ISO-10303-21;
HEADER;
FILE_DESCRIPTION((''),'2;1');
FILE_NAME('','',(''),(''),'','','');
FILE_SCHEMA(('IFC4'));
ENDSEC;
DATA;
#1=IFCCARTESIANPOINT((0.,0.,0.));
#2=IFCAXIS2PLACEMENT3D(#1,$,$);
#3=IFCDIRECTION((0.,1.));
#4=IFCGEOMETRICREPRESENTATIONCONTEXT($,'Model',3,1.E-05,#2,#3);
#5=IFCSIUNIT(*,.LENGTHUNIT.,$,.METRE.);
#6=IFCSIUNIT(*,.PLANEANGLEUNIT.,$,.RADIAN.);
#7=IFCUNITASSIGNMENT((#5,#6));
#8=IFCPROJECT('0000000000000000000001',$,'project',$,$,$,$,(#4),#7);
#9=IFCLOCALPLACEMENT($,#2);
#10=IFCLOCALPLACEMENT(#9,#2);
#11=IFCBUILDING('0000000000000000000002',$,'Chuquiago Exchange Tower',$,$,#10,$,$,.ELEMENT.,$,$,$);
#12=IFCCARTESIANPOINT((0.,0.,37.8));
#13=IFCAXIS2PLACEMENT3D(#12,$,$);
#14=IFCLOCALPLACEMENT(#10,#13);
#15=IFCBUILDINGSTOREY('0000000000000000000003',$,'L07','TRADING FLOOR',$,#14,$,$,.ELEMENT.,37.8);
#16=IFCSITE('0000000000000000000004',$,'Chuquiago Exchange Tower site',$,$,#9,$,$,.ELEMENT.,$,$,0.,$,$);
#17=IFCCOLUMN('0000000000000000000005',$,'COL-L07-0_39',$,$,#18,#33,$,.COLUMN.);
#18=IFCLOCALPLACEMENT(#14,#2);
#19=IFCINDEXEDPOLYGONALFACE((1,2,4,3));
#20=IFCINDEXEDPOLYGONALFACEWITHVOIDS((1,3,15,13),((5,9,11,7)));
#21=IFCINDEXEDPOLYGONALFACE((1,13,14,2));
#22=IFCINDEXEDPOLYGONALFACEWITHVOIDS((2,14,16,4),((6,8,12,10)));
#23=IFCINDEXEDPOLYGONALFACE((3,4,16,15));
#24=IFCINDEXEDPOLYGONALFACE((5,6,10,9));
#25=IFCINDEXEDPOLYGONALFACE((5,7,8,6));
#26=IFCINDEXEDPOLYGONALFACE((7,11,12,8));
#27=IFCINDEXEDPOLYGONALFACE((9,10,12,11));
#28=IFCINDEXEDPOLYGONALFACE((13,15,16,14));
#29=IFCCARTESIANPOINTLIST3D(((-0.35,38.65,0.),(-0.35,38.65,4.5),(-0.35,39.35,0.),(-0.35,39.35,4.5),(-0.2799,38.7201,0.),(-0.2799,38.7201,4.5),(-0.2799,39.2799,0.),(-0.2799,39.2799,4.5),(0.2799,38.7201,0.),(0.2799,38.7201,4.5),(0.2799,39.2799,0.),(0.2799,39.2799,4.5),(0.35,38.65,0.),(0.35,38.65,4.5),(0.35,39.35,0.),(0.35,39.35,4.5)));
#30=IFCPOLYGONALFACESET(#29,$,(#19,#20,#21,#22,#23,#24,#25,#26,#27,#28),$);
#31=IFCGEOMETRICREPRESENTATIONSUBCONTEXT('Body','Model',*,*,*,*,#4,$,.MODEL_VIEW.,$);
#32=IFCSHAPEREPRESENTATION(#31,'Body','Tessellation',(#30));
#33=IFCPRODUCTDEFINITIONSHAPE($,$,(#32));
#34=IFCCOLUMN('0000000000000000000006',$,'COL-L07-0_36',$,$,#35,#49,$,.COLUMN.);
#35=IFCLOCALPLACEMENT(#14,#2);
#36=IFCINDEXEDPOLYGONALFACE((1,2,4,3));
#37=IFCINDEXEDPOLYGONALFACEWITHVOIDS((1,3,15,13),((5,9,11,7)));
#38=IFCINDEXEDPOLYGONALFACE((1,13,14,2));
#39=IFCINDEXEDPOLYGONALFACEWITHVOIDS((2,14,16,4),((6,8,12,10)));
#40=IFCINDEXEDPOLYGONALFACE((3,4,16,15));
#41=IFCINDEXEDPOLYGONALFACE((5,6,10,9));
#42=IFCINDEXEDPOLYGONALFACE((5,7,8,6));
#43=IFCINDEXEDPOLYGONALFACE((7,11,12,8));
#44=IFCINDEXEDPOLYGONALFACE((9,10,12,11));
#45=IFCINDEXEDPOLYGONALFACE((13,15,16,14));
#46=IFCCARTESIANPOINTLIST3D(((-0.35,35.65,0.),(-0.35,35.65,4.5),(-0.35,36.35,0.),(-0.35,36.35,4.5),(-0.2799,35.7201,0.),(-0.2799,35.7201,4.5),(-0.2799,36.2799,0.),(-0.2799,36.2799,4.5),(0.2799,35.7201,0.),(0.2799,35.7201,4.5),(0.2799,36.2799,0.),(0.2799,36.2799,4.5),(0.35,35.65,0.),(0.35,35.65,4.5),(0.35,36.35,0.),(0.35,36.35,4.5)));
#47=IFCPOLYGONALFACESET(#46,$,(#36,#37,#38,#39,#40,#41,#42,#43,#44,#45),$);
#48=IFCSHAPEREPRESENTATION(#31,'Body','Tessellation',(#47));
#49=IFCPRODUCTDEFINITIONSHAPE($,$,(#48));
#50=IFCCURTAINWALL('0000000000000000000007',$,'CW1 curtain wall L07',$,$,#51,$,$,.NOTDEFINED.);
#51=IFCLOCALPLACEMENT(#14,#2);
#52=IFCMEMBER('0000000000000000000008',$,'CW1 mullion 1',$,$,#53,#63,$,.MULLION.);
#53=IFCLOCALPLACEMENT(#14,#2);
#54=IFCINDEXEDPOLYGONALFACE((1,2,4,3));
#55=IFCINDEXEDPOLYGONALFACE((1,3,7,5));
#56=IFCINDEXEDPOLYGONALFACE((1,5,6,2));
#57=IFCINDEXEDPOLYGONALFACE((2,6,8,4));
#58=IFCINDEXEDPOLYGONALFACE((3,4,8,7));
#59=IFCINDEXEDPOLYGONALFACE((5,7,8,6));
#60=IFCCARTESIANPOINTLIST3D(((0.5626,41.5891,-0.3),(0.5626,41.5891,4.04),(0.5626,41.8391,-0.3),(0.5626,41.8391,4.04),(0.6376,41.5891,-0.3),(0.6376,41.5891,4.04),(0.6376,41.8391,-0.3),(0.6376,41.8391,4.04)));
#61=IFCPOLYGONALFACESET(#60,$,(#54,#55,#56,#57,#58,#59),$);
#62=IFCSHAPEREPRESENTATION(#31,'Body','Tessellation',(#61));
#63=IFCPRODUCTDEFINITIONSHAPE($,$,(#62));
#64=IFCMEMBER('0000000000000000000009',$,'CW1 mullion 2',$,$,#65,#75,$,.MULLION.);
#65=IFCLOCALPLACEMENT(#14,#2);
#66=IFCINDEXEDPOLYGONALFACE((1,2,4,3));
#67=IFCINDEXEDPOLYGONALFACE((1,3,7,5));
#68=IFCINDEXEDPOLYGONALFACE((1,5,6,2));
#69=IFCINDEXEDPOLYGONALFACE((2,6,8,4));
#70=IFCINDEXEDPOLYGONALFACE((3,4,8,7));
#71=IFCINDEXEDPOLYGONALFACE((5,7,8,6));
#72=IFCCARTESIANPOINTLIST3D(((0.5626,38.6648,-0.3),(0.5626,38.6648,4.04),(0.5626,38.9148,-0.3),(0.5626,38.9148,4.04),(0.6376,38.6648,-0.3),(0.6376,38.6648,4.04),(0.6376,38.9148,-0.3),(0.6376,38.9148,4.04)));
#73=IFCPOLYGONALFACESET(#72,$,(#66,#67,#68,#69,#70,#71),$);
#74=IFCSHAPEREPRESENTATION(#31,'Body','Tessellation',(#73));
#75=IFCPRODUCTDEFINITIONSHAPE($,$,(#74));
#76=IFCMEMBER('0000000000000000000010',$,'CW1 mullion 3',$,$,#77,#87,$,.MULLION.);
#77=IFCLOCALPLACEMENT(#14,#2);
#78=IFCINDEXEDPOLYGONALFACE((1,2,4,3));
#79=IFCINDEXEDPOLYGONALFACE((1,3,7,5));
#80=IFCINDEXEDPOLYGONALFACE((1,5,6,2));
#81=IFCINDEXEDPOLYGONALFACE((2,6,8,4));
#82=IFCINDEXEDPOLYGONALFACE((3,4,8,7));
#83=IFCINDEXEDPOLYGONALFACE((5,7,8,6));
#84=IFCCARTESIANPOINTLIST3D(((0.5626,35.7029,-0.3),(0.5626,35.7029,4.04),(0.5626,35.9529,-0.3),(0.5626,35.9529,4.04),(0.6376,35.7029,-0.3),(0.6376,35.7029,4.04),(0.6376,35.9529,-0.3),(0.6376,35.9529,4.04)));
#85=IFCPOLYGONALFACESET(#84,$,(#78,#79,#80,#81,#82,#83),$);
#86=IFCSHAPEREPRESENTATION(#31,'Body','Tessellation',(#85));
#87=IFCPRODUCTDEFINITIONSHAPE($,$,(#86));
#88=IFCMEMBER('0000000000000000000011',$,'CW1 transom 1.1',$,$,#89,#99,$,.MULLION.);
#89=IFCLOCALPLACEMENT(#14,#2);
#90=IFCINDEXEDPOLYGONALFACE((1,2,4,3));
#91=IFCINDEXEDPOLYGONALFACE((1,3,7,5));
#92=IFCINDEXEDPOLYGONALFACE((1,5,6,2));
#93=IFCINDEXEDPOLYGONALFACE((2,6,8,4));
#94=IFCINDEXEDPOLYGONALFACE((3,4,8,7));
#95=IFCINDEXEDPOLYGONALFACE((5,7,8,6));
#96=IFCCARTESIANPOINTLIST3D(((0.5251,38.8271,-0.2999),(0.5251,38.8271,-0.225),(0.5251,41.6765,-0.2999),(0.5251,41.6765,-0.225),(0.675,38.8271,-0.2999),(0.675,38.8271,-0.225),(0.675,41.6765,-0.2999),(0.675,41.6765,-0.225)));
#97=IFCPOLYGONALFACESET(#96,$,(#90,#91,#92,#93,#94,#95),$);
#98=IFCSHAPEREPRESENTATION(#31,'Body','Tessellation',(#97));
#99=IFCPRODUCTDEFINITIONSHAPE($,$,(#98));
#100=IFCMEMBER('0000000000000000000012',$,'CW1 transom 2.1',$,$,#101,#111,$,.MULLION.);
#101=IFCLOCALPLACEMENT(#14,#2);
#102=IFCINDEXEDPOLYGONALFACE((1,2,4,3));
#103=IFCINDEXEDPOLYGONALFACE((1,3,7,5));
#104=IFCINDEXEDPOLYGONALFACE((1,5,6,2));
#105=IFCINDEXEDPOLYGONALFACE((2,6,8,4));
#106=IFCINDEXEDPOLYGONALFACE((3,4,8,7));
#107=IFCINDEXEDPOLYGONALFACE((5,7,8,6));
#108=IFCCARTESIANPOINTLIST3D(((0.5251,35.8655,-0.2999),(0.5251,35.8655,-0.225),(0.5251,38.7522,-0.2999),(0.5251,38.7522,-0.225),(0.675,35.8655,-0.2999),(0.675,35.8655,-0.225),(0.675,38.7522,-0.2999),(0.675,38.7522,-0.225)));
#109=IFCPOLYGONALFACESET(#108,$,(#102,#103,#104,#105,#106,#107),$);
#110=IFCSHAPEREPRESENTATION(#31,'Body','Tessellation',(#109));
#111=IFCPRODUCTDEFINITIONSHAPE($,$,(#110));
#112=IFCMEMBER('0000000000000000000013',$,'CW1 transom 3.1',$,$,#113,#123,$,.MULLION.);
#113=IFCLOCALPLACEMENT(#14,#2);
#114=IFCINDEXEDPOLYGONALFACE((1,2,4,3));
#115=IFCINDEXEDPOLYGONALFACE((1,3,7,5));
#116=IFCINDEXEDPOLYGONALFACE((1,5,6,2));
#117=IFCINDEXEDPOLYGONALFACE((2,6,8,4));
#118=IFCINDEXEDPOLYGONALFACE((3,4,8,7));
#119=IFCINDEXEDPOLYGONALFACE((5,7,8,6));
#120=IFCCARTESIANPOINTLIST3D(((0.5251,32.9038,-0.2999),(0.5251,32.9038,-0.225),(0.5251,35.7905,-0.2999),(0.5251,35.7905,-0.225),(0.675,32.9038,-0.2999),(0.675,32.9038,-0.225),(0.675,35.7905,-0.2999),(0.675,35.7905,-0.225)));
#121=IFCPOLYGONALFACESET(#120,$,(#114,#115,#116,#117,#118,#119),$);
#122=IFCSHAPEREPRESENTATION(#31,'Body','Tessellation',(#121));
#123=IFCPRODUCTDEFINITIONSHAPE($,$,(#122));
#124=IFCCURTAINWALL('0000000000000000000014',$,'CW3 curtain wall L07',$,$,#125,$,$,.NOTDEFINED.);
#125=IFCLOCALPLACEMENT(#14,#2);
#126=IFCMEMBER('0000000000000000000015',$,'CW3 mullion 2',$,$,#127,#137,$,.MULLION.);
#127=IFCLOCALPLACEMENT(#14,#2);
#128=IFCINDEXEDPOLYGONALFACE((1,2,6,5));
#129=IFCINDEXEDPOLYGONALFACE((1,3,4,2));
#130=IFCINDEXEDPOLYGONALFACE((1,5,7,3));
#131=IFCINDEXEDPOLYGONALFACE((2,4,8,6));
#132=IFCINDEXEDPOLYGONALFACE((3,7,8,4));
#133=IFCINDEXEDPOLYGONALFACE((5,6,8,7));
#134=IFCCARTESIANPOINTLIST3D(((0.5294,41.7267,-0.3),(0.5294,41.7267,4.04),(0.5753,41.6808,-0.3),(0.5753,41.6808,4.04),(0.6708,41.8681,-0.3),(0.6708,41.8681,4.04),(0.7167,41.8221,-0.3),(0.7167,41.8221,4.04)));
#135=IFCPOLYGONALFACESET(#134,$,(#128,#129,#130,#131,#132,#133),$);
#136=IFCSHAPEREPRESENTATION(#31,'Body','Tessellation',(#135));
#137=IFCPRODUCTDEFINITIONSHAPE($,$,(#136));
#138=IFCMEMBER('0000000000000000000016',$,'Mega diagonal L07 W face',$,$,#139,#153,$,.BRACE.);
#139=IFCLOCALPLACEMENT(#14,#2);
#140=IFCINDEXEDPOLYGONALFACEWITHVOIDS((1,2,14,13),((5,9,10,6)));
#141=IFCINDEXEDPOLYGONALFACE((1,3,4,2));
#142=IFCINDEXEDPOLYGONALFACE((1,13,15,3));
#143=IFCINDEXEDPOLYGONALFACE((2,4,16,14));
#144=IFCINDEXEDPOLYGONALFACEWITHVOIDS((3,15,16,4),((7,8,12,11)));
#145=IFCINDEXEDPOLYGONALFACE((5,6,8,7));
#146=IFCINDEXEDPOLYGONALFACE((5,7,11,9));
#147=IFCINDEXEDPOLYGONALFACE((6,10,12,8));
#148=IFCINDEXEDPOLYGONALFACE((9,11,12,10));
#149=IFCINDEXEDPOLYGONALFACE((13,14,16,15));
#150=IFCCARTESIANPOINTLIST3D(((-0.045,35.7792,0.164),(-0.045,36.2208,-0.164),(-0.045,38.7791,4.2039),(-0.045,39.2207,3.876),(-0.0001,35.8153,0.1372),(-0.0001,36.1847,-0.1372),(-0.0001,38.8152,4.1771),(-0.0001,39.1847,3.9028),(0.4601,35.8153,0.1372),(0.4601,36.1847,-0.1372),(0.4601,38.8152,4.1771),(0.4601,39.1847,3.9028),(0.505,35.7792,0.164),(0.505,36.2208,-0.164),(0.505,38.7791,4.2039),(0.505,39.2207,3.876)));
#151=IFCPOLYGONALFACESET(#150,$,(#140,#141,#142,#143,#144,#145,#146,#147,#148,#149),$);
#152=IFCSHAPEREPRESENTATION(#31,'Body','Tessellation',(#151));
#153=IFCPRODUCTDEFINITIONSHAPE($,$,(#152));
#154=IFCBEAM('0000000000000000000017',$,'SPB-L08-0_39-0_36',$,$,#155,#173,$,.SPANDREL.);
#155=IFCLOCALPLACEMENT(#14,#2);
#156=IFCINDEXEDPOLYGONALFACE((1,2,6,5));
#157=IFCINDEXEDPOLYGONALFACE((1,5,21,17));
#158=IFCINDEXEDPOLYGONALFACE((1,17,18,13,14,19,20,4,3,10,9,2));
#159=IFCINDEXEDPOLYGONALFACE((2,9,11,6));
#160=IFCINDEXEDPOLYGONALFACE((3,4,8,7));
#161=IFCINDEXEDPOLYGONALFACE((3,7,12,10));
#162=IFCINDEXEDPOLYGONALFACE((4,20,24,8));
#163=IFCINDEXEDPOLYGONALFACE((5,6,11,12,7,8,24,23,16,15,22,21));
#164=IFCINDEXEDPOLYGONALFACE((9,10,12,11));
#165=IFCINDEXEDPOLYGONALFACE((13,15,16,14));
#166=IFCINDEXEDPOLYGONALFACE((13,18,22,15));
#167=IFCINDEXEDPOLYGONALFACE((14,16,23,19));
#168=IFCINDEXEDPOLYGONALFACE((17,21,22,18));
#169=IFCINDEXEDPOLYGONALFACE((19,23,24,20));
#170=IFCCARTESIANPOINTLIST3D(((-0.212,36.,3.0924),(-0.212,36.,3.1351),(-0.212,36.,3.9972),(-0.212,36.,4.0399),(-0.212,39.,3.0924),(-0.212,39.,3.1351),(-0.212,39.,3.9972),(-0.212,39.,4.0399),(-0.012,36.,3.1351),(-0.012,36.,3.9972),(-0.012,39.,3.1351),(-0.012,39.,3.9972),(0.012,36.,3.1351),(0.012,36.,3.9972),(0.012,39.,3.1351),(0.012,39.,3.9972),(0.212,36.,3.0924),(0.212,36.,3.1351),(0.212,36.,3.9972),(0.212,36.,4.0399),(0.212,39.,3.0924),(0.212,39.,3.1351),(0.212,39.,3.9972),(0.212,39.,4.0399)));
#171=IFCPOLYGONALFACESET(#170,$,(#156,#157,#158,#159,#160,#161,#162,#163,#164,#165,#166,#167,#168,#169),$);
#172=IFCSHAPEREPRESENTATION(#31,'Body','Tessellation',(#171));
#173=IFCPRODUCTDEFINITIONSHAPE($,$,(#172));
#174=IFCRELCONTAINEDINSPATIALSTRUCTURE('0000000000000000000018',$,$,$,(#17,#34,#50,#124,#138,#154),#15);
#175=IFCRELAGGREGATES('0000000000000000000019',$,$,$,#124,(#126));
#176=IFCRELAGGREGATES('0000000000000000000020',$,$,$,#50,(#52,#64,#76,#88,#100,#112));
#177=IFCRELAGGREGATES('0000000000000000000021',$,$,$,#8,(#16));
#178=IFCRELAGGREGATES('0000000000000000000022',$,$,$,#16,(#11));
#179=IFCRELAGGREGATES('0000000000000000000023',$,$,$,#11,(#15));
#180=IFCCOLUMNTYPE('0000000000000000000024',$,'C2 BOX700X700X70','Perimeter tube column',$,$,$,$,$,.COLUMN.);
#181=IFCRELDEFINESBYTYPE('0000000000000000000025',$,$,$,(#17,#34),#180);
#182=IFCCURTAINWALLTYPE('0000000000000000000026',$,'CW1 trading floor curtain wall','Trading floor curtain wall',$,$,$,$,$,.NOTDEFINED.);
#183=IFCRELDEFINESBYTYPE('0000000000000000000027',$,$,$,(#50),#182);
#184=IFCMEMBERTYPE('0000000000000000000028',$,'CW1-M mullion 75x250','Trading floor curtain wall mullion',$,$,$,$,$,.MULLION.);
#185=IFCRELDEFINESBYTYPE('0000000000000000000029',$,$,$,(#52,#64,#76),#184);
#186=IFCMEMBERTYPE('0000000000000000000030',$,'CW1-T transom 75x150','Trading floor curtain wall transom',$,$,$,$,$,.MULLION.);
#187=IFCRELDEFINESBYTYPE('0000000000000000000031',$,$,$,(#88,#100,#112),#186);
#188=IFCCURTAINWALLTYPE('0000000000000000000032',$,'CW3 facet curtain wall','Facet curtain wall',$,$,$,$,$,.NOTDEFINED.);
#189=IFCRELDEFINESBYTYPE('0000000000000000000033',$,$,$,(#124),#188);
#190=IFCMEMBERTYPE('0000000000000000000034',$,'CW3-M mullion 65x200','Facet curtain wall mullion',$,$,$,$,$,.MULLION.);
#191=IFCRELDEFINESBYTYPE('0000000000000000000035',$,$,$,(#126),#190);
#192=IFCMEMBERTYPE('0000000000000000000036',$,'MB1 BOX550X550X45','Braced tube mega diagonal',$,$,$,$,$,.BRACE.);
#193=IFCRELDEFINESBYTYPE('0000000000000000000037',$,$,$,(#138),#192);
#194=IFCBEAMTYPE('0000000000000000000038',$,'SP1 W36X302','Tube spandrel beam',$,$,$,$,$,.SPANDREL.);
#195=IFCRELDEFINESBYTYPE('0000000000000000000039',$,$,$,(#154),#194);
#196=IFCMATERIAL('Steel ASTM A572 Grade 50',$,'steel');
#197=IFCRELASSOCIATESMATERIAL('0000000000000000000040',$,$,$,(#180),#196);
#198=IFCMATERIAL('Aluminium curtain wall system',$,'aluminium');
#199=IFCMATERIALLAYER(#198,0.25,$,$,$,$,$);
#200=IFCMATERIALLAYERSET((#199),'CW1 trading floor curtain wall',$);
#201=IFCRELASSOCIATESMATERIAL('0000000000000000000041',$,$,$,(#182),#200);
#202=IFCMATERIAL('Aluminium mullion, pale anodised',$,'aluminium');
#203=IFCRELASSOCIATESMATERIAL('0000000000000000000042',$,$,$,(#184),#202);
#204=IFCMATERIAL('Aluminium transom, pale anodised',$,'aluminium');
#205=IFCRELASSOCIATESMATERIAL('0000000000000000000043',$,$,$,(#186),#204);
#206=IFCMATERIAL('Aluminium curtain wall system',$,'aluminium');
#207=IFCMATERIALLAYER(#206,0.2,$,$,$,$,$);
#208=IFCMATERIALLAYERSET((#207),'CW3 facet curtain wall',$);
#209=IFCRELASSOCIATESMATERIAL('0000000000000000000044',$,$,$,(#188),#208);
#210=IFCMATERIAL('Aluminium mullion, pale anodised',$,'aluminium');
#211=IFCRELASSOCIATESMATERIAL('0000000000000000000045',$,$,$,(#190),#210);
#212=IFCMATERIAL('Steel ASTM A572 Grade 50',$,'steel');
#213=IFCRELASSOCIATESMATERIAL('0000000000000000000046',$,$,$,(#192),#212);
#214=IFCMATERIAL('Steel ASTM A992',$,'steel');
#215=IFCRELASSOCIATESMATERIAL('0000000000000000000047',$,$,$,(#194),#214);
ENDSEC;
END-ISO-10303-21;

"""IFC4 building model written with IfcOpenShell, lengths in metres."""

from ifc_helpers import new_model, si_unit, direction, frame, origin, origin_2d, place, context, subcontext, project, spatial, rectangle, hollow_rectangle, i_section, extrude, material, layer, layer_set, material_profile, profile_set, type_object, element, aggregate, save


model = new_model("IFC4")

# Units and contexts
model_context = context("Model", 3, precision=1e-05, world=origin(), true_north=direction((0.0, 1.0)))
body_context = subcontext(model_context, "Body", "Model", "MODEL_VIEW")
ifc_project = project(units=[si_unit("LENGTHUNIT", "METRE"), si_unit("PLANEANGLEUNIT", "RADIAN")], contexts=[model_context])

# Site, building, storey
site_placement = place(None, origin())
site = spatial("IfcSite", under=ifc_project, at=site_placement, Name="Chuquiago Exchange Tower site", CompositionType="ELEMENT", RefElevation=0.0)
building_placement = place(site_placement, origin())
building = spatial("IfcBuilding", under=site, at=building_placement, Name="Chuquiago Exchange Tower", CompositionType="ELEMENT")
storey_placement = place(building_placement, frame((0.0, 0.0, 37.8)))
storey = spatial("IfcBuildingStorey", under=building, at=storey_placement, Name="L07", Description="TRADING FLOOR", CompositionType="ELEMENT", Elevation=37.8)

# Columns
ifc_material_1 = material(Name="Steel ASTM A572 Grade 50", Category="steel")
ifc_material_profile_1 = material_profile(ifc_material_1, hollow_rectangle(XDim=0.7, YDim=0.7, WallThickness=0.0701, at=origin_2d()), Name="BOX700X700X70")
ifc_profile_set_1 = profile_set([ifc_material_profile_1], Name="Steel ASTM A572 Grade 50")
column_type = type_object("IfcColumnType", Name="C2 BOX700X700X70", Description="Perimeter tube column", PredefinedType="COLUMN", material=ifc_profile_set_1)
for number, where, z_axis, x_axis, name in (
    (1, (0.0, 39.0, 0.0), (0.0, 0.0, 1.0), (-1.0, 0.0, 0.0), "COL-L07-0_39"),
    (2, (0.0, 36.0, 0.0), (0.0, 0.0, 1.0), (-1.0, 0.0, 0.0), "COL-L07-0_36"),
):
    element("IfcColumn", number, at=place(storey_placement, frame(where, z_axis=z_axis, x_axis=x_axis)), inside=storey, type_object=column_type, Name=name, PredefinedType="COLUMN", context=body_context, shape_type="SweptSolid", body=[
        extrude(hollow_rectangle(XDim=0.7, YDim=0.7, WallThickness=0.0701, at=origin_2d()), origin(), (0.0, 0.0, 1.0), 4.5),
    ])

# Curtain wall, members
ifc_material_2 = material(Name="Aluminium curtain wall system", Category="aluminium")
ifc_layer_1 = layer(ifc_material_2, 0.25)
ifc_layer_set_1 = layer_set([ifc_layer_1], Name="CW1 trading floor curtain wall")
curtain_wall_type_1 = type_object("IfcCurtainWallType", Name="CW1 trading floor curtain wall", Description="Trading floor curtain wall", PredefinedType="NOTDEFINED", material=ifc_layer_set_1)
curtain_wall_1_placement = place(storey_placement, origin())
curtain_wall_1 = element("IfcCurtainWall", 3, at=curtain_wall_1_placement, inside=storey, type_object=curtain_wall_type_1, Name="CW1 curtain wall L07", PredefinedType="NOTDEFINED")
ifc_material_3 = material(Name="Aluminium mullion, pale anodised", Category="aluminium")
ifc_material_profile_2 = material_profile(ifc_material_3, rectangle(XDim=0.075, YDim=0.25, at=origin_2d()), Name="AL 75x250")
ifc_profile_set_2 = profile_set([ifc_material_profile_2], Name="Aluminium mullion, pale anodised")
member_type_1 = type_object("IfcMemberType", Name="CW1-M mullion 75x250", Description="Trading floor curtain wall mullion", PredefinedType="MULLION", material=ifc_profile_set_2)
member_1_placement = place(storey_placement, frame((0.6001, 41.7141, -0.3), z_axis=(0.0, 0.0, 1.0), x_axis=(1.0, 0.0, 0.0)))
member_1 = element("IfcMember", 4, at=member_1_placement, type_object=member_type_1, Name="CW1 mullion 1", PredefinedType="MULLION", context=body_context, shape_type="SweptSolid", body=[
    extrude(rectangle(XDim=0.075, YDim=0.25, at=origin_2d()), origin(), (0.0, 0.0, 1.0), 4.3401),
])
member_2_placement = place(storey_placement, frame((0.6001, 38.7898, -0.3), z_axis=(0.0, 0.0, 1.0), x_axis=(1.0, 0.0, 0.0)))
member_2 = element("IfcMember", 5, at=member_2_placement, type_object=member_type_1, Name="CW1 mullion 2", PredefinedType="MULLION", context=body_context, shape_type="SweptSolid", body=[
    extrude(rectangle(XDim=0.075, YDim=0.25, at=origin_2d()), origin(), (0.0, 0.0, 1.0), 4.3401),
])
member_3_placement = place(storey_placement, frame((0.6001, 35.8279, -0.3), z_axis=(0.0, 0.0, 1.0), x_axis=(1.0, 0.0, 0.0)))
member_3 = element("IfcMember", 6, at=member_3_placement, type_object=member_type_1, Name="CW1 mullion 3", PredefinedType="MULLION", context=body_context, shape_type="SweptSolid", body=[
    extrude(rectangle(XDim=0.075, YDim=0.25, at=origin_2d()), origin(), (0.0, 0.0, 1.0), 4.3401),
])
ifc_material_4 = material(Name="Aluminium transom, pale anodised", Category="aluminium")
ifc_material_profile_3 = material_profile(ifc_material_4, rectangle(XDim=0.1499, YDim=0.075, at=origin_2d()), Name="AL 150x75")
ifc_profile_set_3 = profile_set([ifc_material_profile_3], Name="Aluminium transom, pale anodised")
member_type_2 = type_object("IfcMemberType", Name="CW1-T transom 75x150", Description="Trading floor curtain wall transom", PredefinedType="MULLION", material=ifc_profile_set_3)
member_4_placement = place(storey_placement, frame((0.6001, 41.6765, -0.2625), z_axis=(0.0, -1.0, 0.0), x_axis=(1.0, 0.0, 0.0)))
member_4 = element("IfcMember", 7, at=member_4_placement, type_object=member_type_2, Name="CW1 transom 1.1", PredefinedType="MULLION", context=body_context, shape_type="SweptSolid", body=[
    extrude(rectangle(XDim=0.1499, YDim=0.075, at=origin_2d()), origin(), (0.0, 0.0, 1.0), 2.8494),
])
member_5_placement = place(storey_placement, frame((0.6001, 38.7522, -0.2625), z_axis=(0.0, -1.0, 0.0), x_axis=(1.0, 0.0, 0.0)))
member_5 = element("IfcMember", 8, at=member_5_placement, type_object=member_type_2, Name="CW1 transom 2.1", PredefinedType="MULLION", context=body_context, shape_type="SweptSolid", body=[
    extrude(rectangle(XDim=0.1499, YDim=0.075, at=origin_2d()), origin(), (0.0, 0.0, 1.0), 2.8867),
])
member_6_placement = place(storey_placement, frame((0.6001, 35.7905, -0.2625), z_axis=(0.0, -1.0, 0.0), x_axis=(1.0, 0.0, 0.0)))
member_6 = element("IfcMember", 9, at=member_6_placement, type_object=member_type_2, Name="CW1 transom 3.1", PredefinedType="MULLION", context=body_context, shape_type="SweptSolid", body=[
    extrude(rectangle(XDim=0.1499, YDim=0.075, at=origin_2d()), origin(), (0.0, 0.0, 1.0), 2.8867),
])

# Curtain wall, member
ifc_material_5 = material(Name="Aluminium curtain wall system", Category="aluminium")
ifc_layer_2 = layer(ifc_material_5, 0.2)
ifc_layer_set_2 = layer_set([ifc_layer_2], Name="CW3 facet curtain wall")
curtain_wall_type_2 = type_object("IfcCurtainWallType", Name="CW3 facet curtain wall", Description="Facet curtain wall", PredefinedType="NOTDEFINED", material=ifc_layer_set_2)
curtain_wall_2_placement = place(storey_placement, origin())
curtain_wall_2 = element("IfcCurtainWall", 10, at=curtain_wall_2_placement, inside=storey, type_object=curtain_wall_type_2, Name="CW3 curtain wall L07", PredefinedType="NOTDEFINED")
ifc_material_6 = material(Name="Aluminium mullion, pale anodised", Category="aluminium")
ifc_material_profile_4 = material_profile(ifc_material_6, rectangle(XDim=0.0649, YDim=0.2, at=origin_2d()), Name="AL 65x200")
ifc_profile_set_4 = profile_set([ifc_material_profile_4], Name="Aluminium mullion, pale anodised")
member_type_3 = type_object("IfcMemberType", Name="CW3-M mullion 65x200", Description="Facet curtain wall mullion", PredefinedType="MULLION", material=ifc_profile_set_4)
member_7_placement = place(storey_placement, frame((0.623, 41.7744, -0.3), z_axis=(0.0, 0.0, 1.0), x_axis=(0.707107, -0.707107, 0.0)))
member_7 = element("IfcMember", 11, at=member_7_placement, type_object=member_type_3, Name="CW3 mullion 2", PredefinedType="MULLION", context=body_context, shape_type="SweptSolid", body=[
    extrude(rectangle(XDim=0.0649, YDim=0.2, at=origin_2d()), origin(), (0.0, 0.0, 1.0), 4.3401),
])
aggregate(curtain_wall_2, [member_7])

# Member
ifc_material_7 = material(Name="Steel ASTM A572 Grade 50", Category="steel")
ifc_material_profile_5 = material_profile(ifc_material_7, hollow_rectangle(XDim=0.55, YDim=0.55, WallThickness=0.0449, at=origin_2d()), Name="BOX550X550X45")
ifc_profile_set_5 = profile_set([ifc_material_profile_5], Name="Steel ASTM A572 Grade 50")
member_type_4 = type_object("IfcMemberType", Name="MB1 BOX550X550X45", Description="Braced tube mega diagonal", PredefinedType="BRACE", material=ifc_profile_set_5)
member_8_placement = place(storey_placement, frame((0.23, 36.0, 0.0), z_axis=(0.0, 0.596174, 0.802855), x_axis=(-1.0, 0.0, 0.0)))
element("IfcMember", 12, at=member_8_placement, inside=storey, type_object=member_type_4, Name="Mega diagonal L07 W face", PredefinedType="BRACE", context=body_context, shape_type="SweptSolid", body=[
    extrude(hollow_rectangle(XDim=0.55, YDim=0.55, WallThickness=0.0449, at=origin_2d()), origin(), (0.0, 0.0, 1.0), 5.032),
])

# Beam
ifc_material_8 = material(Name="Steel ASTM A992", Category="steel")
ifc_material_profile_6 = material_profile(ifc_material_8, i_section(OverallWidth=0.4241, OverallDepth=0.9475, WebThickness=0.0239, FlangeThickness=0.0427, at=origin_2d()), Name="W36X302")
ifc_profile_set_6 = profile_set([ifc_material_profile_6], Name="Steel ASTM A992")
beam_type = type_object("IfcBeamType", Name="SP1 W36X302", Description="Tube spandrel beam", PredefinedType="SPANDREL", material=ifc_profile_set_6)
for number, where, z_axis, x_axis, name in (
    (13, (0.0, 39.0, 3.5662), (0.0, -1.0, 0.0), (1.0, 0.0, 0.0), "SPB-L08-0_39-0_36"),
):
    element("IfcBeam", number, at=place(storey_placement, frame(where, z_axis=z_axis, x_axis=x_axis)), inside=storey, type_object=beam_type, Name=name, PredefinedType="SPANDREL", context=body_context, shape_type="SweptSolid", body=[
        extrude(i_section(OverallWidth=0.4241, OverallDepth=0.9475, WebThickness=0.0239, FlangeThickness=0.0427, at=origin_2d()), origin(), (0.0, 0.0, 1.0), 3.0),
    ])

aggregate(curtain_wall_1, [member_1, member_2, member_3, member_4, member_5, member_6])

save(model, "model.ifc")
